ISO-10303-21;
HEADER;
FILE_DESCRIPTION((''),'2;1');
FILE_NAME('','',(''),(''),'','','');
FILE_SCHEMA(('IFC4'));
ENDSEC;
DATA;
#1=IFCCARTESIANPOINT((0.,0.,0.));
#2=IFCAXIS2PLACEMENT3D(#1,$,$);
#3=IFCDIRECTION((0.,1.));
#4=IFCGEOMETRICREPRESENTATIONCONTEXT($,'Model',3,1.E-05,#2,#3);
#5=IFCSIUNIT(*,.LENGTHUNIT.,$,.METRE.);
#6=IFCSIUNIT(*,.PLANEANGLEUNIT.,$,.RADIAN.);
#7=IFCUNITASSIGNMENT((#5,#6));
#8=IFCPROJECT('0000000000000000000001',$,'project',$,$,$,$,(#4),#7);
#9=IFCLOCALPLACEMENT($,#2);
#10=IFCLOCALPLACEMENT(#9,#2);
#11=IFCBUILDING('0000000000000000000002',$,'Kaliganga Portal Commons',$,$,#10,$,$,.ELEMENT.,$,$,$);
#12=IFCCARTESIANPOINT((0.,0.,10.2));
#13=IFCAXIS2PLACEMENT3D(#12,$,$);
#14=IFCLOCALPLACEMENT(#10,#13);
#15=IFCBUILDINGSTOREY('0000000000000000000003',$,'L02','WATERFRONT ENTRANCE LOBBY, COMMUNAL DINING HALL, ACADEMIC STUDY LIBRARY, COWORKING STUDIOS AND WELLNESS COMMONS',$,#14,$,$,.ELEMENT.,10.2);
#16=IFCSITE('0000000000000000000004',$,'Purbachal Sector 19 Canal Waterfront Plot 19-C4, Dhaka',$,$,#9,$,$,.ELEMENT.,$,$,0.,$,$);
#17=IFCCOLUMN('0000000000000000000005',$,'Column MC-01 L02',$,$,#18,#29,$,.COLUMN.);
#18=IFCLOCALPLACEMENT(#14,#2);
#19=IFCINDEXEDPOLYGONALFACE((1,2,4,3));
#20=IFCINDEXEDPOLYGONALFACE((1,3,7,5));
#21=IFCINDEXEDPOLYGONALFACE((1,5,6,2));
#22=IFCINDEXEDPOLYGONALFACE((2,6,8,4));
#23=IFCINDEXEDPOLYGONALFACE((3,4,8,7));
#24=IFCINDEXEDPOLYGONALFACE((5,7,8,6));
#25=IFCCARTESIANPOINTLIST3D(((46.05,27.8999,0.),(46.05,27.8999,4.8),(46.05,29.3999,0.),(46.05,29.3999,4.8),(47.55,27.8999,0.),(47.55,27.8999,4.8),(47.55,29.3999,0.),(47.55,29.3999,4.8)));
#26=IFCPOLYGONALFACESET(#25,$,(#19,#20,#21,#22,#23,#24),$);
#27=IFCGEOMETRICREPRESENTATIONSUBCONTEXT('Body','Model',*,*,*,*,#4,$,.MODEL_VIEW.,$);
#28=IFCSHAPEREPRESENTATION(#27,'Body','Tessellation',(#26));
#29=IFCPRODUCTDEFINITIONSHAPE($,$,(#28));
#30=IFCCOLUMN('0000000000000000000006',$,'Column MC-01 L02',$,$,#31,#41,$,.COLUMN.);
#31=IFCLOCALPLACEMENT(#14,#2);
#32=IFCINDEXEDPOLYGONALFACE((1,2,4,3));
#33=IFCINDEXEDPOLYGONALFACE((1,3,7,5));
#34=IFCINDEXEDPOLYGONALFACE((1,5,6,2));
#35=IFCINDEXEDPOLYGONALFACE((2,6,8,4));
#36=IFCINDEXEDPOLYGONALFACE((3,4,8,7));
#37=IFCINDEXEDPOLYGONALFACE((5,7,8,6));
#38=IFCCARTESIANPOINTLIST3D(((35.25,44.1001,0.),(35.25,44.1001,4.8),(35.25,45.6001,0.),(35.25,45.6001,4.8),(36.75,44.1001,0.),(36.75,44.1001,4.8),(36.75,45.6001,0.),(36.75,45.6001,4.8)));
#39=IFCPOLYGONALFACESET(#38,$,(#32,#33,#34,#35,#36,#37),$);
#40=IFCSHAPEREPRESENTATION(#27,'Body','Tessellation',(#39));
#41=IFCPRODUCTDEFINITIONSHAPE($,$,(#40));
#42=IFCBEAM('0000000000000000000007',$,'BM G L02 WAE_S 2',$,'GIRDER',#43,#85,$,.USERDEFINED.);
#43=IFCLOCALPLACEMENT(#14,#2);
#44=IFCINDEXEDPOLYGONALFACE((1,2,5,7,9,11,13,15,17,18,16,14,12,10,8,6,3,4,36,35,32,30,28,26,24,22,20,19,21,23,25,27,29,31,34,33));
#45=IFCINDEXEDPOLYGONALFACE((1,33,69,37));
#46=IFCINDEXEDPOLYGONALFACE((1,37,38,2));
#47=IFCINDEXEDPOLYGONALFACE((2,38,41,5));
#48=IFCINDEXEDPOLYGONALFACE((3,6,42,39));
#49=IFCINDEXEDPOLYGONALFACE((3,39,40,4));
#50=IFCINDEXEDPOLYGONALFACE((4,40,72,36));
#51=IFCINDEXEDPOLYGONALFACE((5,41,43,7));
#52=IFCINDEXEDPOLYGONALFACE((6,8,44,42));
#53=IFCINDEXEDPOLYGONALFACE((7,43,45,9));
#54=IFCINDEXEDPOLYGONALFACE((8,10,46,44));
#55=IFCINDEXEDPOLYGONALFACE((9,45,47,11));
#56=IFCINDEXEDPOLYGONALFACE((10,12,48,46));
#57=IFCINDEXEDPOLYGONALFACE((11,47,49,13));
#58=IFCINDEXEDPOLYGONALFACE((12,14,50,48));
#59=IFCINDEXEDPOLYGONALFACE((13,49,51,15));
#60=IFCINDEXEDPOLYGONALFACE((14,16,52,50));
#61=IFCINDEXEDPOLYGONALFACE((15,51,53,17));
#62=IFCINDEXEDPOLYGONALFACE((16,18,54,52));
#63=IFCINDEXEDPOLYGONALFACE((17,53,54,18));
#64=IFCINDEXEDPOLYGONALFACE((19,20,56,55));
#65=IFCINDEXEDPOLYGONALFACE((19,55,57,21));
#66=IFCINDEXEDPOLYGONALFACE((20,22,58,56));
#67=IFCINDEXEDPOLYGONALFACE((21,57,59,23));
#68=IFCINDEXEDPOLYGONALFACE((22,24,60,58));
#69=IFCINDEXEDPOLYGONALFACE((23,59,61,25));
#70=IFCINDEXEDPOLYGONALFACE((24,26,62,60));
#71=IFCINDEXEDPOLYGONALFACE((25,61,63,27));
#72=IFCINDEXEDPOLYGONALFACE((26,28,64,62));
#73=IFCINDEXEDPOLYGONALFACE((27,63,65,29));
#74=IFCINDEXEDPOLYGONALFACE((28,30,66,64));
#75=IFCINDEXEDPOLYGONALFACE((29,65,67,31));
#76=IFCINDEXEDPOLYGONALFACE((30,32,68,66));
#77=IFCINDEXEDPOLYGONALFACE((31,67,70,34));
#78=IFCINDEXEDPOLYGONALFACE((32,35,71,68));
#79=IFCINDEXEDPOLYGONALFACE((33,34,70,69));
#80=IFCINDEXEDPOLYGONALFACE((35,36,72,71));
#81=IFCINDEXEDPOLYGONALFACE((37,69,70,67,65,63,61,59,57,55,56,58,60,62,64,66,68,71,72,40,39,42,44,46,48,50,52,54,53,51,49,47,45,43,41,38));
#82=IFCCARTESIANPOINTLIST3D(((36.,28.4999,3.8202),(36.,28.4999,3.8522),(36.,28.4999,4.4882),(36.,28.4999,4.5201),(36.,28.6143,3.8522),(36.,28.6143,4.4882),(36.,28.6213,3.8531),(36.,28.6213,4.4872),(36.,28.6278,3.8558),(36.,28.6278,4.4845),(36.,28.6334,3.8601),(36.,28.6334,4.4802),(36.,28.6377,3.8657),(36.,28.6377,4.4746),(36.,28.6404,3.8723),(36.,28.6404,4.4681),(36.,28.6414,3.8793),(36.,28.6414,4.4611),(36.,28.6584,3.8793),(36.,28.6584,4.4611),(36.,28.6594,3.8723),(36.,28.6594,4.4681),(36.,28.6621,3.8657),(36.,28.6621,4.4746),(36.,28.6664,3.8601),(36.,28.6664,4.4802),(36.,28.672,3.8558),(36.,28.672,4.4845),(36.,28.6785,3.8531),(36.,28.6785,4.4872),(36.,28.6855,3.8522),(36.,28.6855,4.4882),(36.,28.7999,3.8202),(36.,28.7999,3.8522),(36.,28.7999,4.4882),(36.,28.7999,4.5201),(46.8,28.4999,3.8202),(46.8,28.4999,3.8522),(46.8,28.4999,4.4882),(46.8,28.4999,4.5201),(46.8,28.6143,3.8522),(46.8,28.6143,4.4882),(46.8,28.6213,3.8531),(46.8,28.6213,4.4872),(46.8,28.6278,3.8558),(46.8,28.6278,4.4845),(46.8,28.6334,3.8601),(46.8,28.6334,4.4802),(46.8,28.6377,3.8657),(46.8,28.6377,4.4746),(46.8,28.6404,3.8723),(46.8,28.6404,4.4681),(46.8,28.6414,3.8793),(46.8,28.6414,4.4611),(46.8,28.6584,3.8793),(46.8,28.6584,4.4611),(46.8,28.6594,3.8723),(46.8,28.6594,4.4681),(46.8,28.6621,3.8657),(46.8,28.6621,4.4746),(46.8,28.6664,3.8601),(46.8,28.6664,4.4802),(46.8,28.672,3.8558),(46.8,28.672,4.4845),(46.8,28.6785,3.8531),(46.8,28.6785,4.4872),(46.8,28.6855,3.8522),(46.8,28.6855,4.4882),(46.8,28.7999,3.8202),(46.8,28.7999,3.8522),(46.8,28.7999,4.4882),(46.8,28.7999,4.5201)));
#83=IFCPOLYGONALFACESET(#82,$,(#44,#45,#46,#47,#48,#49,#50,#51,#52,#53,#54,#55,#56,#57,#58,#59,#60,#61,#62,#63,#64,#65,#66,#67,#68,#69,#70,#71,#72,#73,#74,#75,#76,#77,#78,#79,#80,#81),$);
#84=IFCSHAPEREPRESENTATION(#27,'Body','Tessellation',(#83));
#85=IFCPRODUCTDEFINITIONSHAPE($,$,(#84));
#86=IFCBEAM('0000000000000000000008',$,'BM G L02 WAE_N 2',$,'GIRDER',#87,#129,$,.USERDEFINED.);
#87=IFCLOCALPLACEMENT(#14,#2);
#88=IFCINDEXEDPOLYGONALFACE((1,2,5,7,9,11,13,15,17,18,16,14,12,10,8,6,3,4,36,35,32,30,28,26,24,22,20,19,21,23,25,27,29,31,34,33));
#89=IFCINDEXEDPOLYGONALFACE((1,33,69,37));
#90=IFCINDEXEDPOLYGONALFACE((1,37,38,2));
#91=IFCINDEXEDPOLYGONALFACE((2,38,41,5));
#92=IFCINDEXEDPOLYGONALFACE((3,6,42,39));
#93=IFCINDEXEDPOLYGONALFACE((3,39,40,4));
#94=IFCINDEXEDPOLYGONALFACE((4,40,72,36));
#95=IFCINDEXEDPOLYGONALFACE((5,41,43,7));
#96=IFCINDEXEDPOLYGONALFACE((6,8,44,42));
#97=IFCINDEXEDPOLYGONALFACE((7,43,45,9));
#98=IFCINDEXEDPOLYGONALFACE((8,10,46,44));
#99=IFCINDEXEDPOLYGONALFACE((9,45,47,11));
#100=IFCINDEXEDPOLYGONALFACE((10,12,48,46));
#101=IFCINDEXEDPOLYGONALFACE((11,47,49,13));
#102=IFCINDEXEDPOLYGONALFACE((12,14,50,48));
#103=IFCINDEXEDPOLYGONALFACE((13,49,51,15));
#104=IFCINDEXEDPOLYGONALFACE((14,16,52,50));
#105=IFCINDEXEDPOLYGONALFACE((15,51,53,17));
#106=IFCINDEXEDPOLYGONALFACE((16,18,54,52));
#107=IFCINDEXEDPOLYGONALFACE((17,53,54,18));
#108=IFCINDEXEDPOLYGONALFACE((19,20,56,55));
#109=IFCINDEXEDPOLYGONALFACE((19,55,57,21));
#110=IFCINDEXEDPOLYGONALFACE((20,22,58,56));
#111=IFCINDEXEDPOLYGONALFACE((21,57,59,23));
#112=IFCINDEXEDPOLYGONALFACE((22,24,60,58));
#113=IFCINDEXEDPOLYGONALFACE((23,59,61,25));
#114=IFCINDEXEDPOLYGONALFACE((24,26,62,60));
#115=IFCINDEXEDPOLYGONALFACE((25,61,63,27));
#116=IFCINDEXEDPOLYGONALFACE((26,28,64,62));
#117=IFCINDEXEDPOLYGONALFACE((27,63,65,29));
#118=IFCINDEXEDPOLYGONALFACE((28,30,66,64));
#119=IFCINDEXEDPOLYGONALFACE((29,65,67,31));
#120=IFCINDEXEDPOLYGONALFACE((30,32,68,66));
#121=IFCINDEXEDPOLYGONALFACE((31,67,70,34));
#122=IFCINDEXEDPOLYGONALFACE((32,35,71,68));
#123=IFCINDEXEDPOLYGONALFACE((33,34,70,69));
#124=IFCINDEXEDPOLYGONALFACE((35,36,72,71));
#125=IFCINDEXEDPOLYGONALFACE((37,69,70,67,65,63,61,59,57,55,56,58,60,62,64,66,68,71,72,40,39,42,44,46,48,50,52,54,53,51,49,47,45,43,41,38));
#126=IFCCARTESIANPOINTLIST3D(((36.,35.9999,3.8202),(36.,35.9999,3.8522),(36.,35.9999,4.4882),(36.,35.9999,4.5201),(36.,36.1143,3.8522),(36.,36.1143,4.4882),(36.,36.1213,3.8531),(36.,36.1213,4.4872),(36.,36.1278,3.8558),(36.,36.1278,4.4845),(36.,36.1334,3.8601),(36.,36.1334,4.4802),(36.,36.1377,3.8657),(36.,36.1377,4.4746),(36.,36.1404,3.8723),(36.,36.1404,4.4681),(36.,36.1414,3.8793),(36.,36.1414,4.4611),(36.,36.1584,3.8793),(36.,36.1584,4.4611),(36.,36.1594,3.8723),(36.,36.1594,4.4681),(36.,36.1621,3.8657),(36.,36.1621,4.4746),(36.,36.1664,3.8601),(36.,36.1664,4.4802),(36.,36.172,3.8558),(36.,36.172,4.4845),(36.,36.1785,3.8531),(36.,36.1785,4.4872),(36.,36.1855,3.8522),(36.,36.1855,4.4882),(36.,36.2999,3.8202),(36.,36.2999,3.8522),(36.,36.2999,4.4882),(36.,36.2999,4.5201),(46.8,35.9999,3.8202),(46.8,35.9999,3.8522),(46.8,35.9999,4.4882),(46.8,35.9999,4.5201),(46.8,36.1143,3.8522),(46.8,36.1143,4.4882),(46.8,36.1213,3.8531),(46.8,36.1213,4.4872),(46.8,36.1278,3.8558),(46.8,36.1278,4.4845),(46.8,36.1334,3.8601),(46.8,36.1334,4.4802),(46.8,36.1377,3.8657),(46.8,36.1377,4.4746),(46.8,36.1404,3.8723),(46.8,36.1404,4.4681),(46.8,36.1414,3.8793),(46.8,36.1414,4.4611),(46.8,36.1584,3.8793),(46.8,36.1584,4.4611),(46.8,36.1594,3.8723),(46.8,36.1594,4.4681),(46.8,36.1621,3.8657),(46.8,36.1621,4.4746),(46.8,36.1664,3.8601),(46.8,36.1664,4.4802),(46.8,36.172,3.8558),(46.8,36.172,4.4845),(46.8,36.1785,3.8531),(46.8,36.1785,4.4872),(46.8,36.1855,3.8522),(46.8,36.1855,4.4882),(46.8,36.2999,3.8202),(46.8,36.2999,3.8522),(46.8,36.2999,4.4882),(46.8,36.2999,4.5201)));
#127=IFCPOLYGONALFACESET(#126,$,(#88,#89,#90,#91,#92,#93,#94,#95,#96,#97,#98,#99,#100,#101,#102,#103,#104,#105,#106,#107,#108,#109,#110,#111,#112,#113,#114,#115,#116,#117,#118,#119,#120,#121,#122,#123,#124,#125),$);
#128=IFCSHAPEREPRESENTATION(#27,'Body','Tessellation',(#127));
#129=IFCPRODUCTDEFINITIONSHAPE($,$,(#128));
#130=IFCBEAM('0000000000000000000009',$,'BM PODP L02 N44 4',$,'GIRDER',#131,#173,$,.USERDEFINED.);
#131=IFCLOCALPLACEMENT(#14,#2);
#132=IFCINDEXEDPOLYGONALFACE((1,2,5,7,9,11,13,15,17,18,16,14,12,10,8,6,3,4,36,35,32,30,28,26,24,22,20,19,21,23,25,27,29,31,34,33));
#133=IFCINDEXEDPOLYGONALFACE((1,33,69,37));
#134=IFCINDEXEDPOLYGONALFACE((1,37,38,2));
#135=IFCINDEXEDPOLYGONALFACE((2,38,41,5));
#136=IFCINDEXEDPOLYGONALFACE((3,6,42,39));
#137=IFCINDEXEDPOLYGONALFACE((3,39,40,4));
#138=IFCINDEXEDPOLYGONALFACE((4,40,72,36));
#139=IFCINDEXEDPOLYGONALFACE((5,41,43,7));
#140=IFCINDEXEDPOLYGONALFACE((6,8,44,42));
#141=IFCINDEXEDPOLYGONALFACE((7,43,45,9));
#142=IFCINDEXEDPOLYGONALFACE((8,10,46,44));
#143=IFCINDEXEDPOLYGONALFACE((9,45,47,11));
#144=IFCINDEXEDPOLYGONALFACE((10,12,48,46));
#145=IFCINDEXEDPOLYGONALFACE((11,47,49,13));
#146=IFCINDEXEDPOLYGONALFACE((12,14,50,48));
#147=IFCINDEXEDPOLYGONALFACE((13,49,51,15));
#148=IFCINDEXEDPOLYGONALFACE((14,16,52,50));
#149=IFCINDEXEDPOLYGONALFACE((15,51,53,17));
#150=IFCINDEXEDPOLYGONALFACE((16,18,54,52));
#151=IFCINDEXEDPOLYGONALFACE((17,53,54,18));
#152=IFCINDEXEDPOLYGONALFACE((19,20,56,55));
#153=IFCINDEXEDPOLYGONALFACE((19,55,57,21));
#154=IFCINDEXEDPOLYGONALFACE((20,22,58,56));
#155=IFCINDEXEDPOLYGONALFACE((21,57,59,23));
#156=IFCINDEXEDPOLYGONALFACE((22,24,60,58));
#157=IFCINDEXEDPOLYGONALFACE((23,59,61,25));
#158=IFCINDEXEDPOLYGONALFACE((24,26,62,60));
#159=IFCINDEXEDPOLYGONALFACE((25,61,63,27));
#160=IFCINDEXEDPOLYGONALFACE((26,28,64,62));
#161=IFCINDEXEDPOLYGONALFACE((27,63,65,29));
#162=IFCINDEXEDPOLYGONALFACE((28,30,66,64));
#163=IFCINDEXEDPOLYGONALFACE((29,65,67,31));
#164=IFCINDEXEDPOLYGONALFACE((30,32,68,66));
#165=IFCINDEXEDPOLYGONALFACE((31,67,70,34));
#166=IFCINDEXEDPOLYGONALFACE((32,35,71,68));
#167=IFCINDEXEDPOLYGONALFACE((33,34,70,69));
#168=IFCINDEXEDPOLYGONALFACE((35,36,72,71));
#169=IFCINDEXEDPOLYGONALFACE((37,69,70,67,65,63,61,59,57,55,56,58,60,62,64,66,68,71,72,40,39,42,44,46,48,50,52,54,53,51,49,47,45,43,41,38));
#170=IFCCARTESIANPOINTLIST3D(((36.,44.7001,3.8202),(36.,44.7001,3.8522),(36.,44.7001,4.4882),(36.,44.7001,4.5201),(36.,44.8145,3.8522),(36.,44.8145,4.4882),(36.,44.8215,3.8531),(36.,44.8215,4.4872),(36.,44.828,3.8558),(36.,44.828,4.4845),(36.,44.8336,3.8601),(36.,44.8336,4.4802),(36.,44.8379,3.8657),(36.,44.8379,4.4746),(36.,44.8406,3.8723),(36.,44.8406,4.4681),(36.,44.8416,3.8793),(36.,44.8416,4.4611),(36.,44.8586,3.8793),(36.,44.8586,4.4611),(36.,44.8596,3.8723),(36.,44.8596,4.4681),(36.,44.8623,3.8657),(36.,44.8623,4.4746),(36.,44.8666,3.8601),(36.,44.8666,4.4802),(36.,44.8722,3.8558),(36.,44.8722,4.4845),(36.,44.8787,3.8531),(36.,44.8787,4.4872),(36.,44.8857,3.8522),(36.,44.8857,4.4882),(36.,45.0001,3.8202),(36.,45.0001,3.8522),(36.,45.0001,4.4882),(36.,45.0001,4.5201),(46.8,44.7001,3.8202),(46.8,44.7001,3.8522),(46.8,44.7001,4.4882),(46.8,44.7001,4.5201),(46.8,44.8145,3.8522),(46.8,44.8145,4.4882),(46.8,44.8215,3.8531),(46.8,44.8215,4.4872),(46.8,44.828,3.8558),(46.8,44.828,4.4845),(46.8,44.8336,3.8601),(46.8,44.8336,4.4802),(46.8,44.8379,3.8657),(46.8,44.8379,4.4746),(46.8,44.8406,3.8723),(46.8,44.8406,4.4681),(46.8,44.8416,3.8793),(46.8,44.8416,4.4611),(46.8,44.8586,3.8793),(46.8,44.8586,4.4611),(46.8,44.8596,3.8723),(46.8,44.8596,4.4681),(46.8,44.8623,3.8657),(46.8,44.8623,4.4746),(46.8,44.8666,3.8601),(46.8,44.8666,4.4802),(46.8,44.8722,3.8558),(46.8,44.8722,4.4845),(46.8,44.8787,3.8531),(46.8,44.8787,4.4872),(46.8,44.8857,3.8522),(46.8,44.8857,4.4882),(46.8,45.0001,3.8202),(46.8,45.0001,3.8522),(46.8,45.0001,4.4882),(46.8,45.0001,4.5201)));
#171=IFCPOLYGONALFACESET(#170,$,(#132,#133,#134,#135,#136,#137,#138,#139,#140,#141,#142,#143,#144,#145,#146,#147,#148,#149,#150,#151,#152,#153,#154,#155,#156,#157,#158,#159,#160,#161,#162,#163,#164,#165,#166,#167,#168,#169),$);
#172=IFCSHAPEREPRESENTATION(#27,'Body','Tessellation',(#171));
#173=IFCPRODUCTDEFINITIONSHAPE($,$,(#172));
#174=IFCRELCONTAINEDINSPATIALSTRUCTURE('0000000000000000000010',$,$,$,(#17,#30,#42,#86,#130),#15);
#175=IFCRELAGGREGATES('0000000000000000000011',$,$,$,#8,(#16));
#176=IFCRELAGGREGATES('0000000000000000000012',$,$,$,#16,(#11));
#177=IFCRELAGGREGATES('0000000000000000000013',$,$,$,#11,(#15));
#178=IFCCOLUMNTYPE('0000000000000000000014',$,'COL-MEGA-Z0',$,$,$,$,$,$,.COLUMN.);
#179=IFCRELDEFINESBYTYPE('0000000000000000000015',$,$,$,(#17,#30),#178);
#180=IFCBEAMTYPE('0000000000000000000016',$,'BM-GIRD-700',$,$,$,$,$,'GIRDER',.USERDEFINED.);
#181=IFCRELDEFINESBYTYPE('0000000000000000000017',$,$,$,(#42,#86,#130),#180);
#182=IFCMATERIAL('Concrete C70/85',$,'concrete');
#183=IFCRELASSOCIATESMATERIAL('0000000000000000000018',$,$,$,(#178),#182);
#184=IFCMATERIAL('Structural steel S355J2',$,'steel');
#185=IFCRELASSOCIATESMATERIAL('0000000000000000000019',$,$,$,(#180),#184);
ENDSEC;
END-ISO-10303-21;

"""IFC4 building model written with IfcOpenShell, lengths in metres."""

from ifc_helpers import new_model, si_unit, direction, frame, origin, origin_2d, place, context, subcontext, project, spatial, rectangle, i_section, extrude, source, transform, mapped, material, material_profile, profile_set, type_object, element, save


model = new_model("IFC4")

# Units and contexts
model_context = context("Model", 3, precision=1e-05, world=origin(), true_north=direction((0.0, 1.0)))
body_context = subcontext(model_context, "Body", "Model", "MODEL_VIEW")
ifc_project = project(units=[si_unit("LENGTHUNIT", "METRE"), si_unit("PLANEANGLEUNIT", "RADIAN")], contexts=[model_context])

# Site, building, storey
site_placement = place(None, origin())
site = spatial("IfcSite", under=ifc_project, at=site_placement, Name="Purbachal Sector 19 Canal Waterfront Plot 19-C4, Dhaka", CompositionType="ELEMENT", RefElevation=0.0)
building_placement = place(site_placement, origin())
building = spatial("IfcBuilding", under=site, at=building_placement, Name="Kaliganga Portal Commons", CompositionType="ELEMENT")
storey_placement = place(building_placement, frame((0.0, 0.0, 10.2)))
storey = spatial("IfcBuildingStorey", under=building, at=storey_placement, Name="L02", Description="WATERFRONT ENTRANCE LOBBY, COMMUNAL DINING HALL, ACADEMIC STUDY LIBRARY, COWORKING STUDIOS AND WELLNESS COMMONS", CompositionType="ELEMENT", Elevation=10.2)

# Columns
ifc_material_1 = material(Name="Concrete C70/85", Category="concrete")
ifc_material_profile_1 = material_profile(ifc_material_1, rectangle(XDim=1.5, YDim=1.5, at=origin_2d()), Name="RC 1500x1500")
ifc_profile_set_1 = profile_set([ifc_material_profile_1], Name="Concrete C70/85")
column_type = type_object("IfcColumnType", Name="COL-MEGA-Z0", PredefinedType="COLUMN", material=ifc_profile_set_1)
shared_shape_1 = source(origin(), body_context, "Body", "SweptSolid", [
    extrude(rectangle(XDim=1.5, YDim=1.5, at=origin_2d()), origin(), (0.0, 0.0, 1.0), 4.8),
])
for number, where, z_axis, x_axis, name in (
    (1, (46.8, 28.6499, 0.0), (0.0, 0.0, 1.0), (1.0, 0.0, 0.0), "Column MC-01 L02"),
    (2, (36.0, 44.8501, 0.0), (0.0, 0.0, 1.0), (1.0, 0.0, 0.0), "Column MC-01 L02"),
):
    element("IfcColumn", number, at=place(storey_placement, frame(where, z_axis=z_axis, x_axis=x_axis)), inside=storey, type_object=column_type, Name=name, PredefinedType="COLUMN", context=body_context, shape_type="MappedRepresentation", body=[
        mapped(shared_shape_1, transform((0.0, 0.0, 0.0), x_axis=(1.0, 0.0, 0.0), y_axis=(0.0, 1.0, 0.0), z_axis=(0.0, 0.0, 1.0), scale=1.0)),
    ])

# Beams
ifc_material_2 = material(Name="Structural steel S355J2", Category="steel")
ifc_material_profile_2 = material_profile(ifc_material_2, i_section(OverallWidth=0.3, OverallDepth=0.7, WebThickness=0.0171, FlangeThickness=0.032, FilletRadius=0.0271, at=origin_2d()), Name="HE 700 B")
ifc_profile_set_2 = profile_set([ifc_material_profile_2], Name="Structural steel S355J2 wide-flange")
beam_type_1 = type_object("IfcBeamType", Name="BM-GIRD-700", ElementType="GIRDER", PredefinedType="USERDEFINED", material=ifc_profile_set_2)
shared_shape_2 = source(origin(), body_context, "Body", "SweptSolid", [
    extrude(i_section(OverallWidth=0.3, OverallDepth=0.7, WebThickness=0.0171, FlangeThickness=0.032, FilletRadius=0.0271, at=origin_2d()), origin(), (0.0, 0.0, 1.0), 10.8),
])
for number, where, z_axis, x_axis, name in (
    (3, (36.0, 28.6499, 4.1702), (1.0, 0.0, 0.0), (0.0, 1.0, 0.0), "BM G L02 WAE_S 2"),
    (4, (36.0, 36.1499, 4.1702), (1.0, 0.0, 0.0), (0.0, 1.0, 0.0), "BM G L02 WAE_N 2"),
    (5, (36.0, 44.8501, 4.1702), (1.0, 0.0, 0.0), (0.0, 1.0, 0.0), "BM PODP L02 N44 4"),
):
    element("IfcBeam", number, at=place(storey_placement, frame(where, z_axis=z_axis, x_axis=x_axis)), inside=storey, type_object=beam_type_1, Name=name, ObjectType="GIRDER", PredefinedType="USERDEFINED", context=body_context, shape_type="MappedRepresentation", body=[
        mapped(shared_shape_2, transform((0.0, 0.0, 0.0), x_axis=(1.0, 0.0, 0.0), y_axis=(0.0, 1.0, 0.0), z_axis=(0.0, 0.0, 1.0), scale=1.0)),
    ])

save(model, "model.ifc")
